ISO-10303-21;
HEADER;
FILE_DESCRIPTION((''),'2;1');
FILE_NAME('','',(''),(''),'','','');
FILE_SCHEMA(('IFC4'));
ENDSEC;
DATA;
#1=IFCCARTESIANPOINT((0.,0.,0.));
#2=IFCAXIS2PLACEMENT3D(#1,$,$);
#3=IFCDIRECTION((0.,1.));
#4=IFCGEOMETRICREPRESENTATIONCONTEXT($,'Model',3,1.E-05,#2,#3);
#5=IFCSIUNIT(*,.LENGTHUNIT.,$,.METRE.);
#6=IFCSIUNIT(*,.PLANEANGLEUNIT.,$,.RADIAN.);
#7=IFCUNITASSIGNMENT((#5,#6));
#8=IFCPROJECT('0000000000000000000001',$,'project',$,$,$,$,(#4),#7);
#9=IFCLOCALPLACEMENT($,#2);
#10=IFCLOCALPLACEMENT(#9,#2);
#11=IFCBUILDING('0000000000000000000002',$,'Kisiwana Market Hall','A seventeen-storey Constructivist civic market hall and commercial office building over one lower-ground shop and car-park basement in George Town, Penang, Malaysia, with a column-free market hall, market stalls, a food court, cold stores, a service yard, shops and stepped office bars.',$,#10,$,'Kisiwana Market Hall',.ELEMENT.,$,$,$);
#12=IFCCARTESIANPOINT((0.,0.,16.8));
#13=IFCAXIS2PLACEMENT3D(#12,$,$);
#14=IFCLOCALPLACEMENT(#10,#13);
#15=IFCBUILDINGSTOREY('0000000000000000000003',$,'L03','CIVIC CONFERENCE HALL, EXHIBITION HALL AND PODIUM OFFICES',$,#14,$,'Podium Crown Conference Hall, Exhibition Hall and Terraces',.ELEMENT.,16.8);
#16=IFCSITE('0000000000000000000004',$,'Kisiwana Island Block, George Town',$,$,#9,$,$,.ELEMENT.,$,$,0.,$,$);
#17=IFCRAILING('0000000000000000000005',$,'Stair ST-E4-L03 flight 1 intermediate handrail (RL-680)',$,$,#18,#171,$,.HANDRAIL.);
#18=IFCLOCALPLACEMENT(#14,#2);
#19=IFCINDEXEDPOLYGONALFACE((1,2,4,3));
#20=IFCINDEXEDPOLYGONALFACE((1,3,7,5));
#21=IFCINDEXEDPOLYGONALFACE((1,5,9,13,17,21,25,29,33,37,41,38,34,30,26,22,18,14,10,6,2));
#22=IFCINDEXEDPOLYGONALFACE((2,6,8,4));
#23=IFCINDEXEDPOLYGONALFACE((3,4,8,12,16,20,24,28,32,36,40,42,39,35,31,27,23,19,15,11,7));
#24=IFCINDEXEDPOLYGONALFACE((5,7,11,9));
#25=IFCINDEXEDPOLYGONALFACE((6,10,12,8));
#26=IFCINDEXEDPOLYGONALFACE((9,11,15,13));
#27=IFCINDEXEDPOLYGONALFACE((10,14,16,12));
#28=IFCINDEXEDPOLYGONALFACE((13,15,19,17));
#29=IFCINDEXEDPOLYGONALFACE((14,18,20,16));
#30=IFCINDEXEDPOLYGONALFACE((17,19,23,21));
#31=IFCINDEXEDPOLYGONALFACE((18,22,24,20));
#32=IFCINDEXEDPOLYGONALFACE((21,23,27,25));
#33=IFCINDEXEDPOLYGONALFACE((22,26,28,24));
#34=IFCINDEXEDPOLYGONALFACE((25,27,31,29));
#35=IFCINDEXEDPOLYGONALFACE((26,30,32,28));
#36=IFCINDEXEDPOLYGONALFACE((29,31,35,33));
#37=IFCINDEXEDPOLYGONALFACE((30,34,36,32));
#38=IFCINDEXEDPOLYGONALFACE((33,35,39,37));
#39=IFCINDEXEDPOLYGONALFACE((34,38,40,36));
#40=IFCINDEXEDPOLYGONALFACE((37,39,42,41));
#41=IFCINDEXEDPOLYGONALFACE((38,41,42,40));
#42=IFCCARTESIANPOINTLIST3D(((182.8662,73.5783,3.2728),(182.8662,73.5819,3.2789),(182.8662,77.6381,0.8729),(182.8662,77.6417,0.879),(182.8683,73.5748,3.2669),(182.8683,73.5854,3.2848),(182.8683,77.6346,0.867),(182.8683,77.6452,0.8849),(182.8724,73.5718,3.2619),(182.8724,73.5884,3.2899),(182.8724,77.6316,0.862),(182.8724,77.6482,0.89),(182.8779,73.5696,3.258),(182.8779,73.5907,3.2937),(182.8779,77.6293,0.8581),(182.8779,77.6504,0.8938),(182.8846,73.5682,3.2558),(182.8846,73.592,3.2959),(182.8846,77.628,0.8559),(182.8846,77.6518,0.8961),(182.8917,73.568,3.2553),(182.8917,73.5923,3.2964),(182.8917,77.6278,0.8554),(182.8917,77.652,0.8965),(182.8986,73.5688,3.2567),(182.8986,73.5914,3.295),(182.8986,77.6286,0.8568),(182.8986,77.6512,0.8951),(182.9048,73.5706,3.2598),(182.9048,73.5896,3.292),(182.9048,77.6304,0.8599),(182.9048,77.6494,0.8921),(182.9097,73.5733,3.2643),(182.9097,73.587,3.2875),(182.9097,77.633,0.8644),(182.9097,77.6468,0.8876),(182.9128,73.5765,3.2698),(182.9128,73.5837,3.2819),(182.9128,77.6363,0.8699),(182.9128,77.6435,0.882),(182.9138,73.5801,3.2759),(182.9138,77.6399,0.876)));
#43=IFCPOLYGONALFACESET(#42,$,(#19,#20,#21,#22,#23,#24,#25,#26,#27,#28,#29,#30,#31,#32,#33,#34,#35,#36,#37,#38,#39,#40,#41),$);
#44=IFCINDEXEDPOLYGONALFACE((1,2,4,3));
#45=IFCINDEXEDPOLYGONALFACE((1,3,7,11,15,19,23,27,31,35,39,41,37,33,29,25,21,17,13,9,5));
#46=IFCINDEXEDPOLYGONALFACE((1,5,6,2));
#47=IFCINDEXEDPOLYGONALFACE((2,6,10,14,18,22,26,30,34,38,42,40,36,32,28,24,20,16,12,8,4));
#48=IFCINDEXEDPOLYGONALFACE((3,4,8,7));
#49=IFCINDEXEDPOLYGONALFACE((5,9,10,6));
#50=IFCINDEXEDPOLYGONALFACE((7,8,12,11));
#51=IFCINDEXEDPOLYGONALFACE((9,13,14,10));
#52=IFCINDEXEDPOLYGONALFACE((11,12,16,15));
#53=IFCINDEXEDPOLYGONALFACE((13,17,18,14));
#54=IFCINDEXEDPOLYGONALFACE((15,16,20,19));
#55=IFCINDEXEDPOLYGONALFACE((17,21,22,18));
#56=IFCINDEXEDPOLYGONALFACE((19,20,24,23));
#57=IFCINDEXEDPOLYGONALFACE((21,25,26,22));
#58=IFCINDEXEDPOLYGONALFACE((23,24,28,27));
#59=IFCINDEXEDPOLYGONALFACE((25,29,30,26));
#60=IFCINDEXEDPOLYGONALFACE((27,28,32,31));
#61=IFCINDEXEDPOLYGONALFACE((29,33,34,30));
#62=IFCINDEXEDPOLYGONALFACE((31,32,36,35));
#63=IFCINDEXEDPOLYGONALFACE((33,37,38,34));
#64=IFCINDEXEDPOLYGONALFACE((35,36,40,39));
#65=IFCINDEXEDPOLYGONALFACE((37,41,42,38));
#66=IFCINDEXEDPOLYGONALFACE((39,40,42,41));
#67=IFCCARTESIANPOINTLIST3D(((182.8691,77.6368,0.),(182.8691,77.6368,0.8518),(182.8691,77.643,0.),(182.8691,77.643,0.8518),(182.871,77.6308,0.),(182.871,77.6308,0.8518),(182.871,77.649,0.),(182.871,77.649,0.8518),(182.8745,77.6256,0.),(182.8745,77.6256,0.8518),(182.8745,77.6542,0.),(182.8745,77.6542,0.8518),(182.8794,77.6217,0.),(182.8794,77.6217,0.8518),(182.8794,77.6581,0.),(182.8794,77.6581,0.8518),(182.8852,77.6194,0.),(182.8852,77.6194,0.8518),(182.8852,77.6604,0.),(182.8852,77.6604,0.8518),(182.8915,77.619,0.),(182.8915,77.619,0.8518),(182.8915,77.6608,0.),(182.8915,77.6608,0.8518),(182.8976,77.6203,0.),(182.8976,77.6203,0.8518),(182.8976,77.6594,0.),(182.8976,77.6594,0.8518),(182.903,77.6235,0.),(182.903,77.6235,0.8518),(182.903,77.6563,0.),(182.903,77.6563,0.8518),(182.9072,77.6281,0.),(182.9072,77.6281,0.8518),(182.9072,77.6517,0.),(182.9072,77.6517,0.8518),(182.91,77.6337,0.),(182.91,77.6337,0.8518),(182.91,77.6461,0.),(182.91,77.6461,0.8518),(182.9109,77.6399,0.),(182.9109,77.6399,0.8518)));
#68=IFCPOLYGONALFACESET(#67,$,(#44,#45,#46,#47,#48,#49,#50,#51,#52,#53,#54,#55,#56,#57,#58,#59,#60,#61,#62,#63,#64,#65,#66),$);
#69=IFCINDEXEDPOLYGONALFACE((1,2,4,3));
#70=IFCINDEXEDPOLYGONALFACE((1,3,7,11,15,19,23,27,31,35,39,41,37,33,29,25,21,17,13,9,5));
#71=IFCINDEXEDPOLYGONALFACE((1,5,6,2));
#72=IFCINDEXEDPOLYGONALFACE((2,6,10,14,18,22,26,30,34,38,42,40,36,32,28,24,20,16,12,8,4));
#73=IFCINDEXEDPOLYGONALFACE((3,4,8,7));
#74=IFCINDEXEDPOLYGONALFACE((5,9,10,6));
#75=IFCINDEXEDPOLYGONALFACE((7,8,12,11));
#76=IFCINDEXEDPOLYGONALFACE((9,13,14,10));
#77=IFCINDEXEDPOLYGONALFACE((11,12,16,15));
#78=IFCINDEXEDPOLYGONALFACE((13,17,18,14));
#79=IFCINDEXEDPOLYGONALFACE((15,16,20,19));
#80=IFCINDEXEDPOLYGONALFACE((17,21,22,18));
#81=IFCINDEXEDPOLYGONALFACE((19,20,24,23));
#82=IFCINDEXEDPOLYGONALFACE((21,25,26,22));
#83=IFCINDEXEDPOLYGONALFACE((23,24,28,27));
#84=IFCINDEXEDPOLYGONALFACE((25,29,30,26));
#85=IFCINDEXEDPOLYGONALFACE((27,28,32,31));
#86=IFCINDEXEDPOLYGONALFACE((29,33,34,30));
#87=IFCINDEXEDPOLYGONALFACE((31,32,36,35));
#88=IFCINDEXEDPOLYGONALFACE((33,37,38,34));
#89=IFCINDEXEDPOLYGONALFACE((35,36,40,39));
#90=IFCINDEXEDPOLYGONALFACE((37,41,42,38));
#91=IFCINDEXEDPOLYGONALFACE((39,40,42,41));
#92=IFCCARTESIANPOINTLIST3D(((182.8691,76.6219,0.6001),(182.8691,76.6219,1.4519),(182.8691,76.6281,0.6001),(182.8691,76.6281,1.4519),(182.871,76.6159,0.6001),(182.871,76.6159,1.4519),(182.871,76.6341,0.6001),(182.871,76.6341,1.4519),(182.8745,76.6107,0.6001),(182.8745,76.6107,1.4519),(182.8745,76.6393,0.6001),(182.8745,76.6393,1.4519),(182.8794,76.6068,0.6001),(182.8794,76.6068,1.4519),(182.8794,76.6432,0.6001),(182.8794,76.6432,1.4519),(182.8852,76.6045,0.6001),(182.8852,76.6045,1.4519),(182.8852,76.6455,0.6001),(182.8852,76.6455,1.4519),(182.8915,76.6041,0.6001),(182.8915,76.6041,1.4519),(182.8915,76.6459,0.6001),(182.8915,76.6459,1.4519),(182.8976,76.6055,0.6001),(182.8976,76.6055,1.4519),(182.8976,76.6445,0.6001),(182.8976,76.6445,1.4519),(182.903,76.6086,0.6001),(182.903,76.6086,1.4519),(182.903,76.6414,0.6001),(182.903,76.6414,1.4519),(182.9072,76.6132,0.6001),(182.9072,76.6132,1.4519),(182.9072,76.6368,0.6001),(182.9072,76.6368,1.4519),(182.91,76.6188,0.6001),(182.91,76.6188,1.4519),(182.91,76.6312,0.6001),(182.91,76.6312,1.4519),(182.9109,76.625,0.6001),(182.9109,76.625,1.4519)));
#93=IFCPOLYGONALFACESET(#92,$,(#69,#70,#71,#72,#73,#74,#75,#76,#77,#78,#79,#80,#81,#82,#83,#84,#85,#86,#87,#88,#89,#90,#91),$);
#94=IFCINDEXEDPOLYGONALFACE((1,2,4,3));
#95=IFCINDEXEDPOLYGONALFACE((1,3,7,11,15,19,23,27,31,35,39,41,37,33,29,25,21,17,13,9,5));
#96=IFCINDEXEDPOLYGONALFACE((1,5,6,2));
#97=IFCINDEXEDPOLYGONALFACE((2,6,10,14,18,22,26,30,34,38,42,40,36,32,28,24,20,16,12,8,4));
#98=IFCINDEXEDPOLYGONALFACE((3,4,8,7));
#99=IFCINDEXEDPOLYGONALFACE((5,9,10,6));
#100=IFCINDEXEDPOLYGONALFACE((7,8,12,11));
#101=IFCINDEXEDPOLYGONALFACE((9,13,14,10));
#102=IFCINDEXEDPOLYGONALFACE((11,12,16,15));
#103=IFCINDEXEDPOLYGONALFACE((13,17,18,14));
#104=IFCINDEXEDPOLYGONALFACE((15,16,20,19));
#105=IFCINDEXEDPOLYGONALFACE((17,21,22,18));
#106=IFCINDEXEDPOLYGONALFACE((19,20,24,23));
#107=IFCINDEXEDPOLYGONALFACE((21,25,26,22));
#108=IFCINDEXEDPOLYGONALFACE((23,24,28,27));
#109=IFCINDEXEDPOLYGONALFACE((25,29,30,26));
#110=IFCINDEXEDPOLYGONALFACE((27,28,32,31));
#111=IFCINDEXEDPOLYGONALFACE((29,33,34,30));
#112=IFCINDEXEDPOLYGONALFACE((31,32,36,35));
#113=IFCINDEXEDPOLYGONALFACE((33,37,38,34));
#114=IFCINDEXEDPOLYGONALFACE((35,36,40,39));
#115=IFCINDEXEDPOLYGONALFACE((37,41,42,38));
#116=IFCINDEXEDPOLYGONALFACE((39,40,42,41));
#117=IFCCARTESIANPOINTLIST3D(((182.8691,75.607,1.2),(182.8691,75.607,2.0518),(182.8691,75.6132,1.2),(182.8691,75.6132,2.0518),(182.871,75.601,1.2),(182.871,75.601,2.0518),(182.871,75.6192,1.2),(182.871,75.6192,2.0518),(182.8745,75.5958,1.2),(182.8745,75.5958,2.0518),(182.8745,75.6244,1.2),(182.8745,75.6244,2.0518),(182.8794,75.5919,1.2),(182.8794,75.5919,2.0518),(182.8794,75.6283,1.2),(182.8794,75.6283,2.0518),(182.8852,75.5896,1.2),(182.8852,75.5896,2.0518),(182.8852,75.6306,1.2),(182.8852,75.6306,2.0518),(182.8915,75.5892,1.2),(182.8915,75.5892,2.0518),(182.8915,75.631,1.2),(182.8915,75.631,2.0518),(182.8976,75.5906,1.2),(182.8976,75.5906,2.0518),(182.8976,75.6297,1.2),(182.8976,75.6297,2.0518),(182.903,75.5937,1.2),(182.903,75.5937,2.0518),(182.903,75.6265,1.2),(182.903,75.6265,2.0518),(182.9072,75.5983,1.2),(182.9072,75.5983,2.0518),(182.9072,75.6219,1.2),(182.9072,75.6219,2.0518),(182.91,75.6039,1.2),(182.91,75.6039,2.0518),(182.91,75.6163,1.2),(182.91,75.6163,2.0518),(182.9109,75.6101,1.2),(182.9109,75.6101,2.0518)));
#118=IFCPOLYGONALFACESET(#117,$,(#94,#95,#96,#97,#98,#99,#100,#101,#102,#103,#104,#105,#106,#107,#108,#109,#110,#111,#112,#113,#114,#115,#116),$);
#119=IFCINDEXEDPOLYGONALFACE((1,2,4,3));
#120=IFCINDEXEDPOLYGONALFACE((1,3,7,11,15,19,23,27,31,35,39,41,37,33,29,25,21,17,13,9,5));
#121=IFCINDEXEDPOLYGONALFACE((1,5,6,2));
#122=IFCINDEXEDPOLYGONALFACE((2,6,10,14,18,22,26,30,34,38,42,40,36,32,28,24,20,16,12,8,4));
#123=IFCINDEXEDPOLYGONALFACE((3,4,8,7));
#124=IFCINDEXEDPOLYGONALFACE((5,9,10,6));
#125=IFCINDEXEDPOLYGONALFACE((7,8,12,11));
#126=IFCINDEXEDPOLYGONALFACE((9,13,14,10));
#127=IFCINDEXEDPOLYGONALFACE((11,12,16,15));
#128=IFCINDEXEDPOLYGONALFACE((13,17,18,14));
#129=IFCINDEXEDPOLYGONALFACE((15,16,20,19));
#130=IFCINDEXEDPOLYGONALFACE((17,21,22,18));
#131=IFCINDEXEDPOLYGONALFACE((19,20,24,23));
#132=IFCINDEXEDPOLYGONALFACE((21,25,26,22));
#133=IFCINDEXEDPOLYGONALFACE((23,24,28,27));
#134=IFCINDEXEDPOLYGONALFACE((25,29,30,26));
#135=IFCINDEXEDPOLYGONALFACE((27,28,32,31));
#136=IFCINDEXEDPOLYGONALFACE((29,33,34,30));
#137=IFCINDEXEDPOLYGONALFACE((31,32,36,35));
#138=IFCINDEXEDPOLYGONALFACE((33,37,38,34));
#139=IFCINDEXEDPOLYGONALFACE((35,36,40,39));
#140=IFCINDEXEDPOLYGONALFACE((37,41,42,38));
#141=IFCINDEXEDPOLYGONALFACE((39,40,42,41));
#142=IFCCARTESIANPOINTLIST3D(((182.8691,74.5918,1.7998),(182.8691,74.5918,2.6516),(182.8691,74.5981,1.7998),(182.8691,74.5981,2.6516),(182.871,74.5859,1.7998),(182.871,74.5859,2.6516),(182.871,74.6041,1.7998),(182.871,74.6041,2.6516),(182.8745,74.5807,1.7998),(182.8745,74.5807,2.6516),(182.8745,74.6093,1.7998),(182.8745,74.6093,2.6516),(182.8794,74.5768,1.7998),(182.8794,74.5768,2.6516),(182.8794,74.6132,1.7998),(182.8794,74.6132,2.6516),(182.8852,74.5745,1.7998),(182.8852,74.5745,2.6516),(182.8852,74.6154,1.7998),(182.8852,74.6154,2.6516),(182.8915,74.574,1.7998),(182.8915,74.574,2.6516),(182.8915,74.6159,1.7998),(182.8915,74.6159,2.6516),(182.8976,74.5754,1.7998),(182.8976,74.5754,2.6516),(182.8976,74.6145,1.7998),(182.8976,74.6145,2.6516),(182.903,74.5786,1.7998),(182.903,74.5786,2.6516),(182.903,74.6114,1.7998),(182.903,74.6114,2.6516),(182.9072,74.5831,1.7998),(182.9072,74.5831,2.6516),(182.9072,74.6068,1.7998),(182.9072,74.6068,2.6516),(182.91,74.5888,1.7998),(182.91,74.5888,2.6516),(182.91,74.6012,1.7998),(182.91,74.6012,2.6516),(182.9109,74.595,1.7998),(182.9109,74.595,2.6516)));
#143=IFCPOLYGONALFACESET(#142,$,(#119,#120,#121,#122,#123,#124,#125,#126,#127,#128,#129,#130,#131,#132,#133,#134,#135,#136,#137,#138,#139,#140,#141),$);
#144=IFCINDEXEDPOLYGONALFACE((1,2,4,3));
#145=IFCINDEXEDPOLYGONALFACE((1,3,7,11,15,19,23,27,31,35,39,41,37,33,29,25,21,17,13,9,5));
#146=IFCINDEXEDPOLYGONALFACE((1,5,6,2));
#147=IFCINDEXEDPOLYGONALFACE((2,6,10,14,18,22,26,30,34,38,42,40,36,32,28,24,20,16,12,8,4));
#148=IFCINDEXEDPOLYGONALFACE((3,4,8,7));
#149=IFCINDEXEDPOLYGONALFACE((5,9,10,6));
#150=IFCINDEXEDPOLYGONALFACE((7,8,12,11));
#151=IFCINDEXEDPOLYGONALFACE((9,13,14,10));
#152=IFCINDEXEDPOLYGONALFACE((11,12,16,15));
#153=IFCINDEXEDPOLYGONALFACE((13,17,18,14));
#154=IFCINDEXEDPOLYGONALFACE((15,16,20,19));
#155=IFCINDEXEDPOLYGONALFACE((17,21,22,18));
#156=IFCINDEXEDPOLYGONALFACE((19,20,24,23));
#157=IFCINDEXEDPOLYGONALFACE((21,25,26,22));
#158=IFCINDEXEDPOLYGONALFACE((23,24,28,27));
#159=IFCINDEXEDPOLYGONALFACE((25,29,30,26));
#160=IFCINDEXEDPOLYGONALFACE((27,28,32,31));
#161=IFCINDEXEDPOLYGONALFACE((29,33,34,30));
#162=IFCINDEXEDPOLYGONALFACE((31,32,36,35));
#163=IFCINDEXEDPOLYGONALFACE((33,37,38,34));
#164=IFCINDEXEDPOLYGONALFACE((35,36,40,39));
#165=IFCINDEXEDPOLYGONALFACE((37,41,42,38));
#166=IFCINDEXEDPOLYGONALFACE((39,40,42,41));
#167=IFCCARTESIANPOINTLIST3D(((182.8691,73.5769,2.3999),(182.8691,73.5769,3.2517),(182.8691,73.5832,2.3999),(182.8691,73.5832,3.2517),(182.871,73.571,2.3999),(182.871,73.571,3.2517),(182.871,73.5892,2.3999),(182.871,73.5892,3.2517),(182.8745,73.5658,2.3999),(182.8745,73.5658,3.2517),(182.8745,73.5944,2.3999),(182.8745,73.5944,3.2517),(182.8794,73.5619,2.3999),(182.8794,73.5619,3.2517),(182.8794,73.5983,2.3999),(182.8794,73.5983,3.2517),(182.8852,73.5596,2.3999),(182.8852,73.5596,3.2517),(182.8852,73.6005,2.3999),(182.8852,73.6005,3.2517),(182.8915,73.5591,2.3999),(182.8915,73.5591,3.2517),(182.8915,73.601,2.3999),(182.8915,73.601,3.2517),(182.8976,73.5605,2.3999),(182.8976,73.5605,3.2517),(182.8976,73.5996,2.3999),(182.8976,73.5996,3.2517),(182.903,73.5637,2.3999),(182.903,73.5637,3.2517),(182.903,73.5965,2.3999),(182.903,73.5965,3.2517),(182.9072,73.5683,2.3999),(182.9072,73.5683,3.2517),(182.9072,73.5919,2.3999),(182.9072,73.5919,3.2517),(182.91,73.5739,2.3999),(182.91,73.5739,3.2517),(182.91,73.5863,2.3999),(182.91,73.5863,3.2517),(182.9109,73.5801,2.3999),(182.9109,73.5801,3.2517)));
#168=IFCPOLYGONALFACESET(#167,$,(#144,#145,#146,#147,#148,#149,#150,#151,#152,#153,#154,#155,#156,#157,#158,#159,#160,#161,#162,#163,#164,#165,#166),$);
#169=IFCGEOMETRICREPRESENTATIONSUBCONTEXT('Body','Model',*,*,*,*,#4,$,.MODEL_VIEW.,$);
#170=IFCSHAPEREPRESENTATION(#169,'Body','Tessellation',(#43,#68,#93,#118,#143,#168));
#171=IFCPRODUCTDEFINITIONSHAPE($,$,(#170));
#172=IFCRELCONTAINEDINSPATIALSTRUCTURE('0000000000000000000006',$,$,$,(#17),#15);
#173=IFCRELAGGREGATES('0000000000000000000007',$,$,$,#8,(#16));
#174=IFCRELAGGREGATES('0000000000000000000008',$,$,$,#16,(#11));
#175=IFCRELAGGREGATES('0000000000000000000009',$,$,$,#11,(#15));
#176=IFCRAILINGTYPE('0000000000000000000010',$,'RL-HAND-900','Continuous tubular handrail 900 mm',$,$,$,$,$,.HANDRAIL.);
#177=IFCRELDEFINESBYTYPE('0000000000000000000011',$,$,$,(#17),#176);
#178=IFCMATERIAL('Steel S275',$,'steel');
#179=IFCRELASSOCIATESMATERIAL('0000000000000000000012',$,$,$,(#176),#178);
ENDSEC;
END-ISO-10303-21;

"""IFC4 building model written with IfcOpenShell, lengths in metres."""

from ifc_helpers import new_model, si_unit, direction, frame, origin, origin_2d, place, context, subcontext, project, spatial, circle, extrude, material, type_object, element, save


model = new_model("IFC4")

# Units and contexts
model_context = context("Model", 3, precision=1e-05, world=origin(), true_north=direction((0.0, 1.0)))
body_context = subcontext(model_context, "Body", "Model", "MODEL_VIEW")
ifc_project = project(units=[si_unit("LENGTHUNIT", "METRE"), si_unit("PLANEANGLEUNIT", "RADIAN")], contexts=[model_context])

# Site, building, storey
site_placement = place(None, origin())
site = spatial("IfcSite", under=ifc_project, at=site_placement, Name="Kisiwana Island Block, George Town", CompositionType="ELEMENT", RefElevation=0.0)
building_placement = place(site_placement, origin())
building = spatial("IfcBuilding", under=site, at=building_placement, Name="Kisiwana Market Hall", Description="A seventeen-storey Constructivist civic market hall and commercial office building over one lower-ground shop and car-park basement in George Town, Penang, Malaysia, with a column-free market hall, market stalls, a food court, cold stores, a service yard, shops and stepped office bars.", LongName="Kisiwana Market Hall", CompositionType="ELEMENT")
storey_placement = place(building_placement, frame((0.0, 0.0, 16.8)))
storey = spatial("IfcBuildingStorey", under=building, at=storey_placement, Name="L03", Description="CIVIC CONFERENCE HALL, EXHIBITION HALL AND PODIUM OFFICES", LongName="Podium Crown Conference Hall, Exhibition Hall and Terraces", CompositionType="ELEMENT", Elevation=16.8)

# Railing
ifc_material_1 = material(Name="Steel S275", Category="steel")
railing_type_1 = type_object("IfcRailingType", Name="RL-HAND-900", Description="Continuous tubular handrail 900 mm", PredefinedType="HANDRAIL", material=ifc_material_1)
for number, where, name in (
    (1, (182.8899, 77.6399, 0.0), "Stair ST-E4-L03 flight 1 intermediate handrail (RL-680)"),
):
    element("IfcRailing", number, at=place(storey_placement, frame(where)), inside=storey, type_object=railing_type_1, Name=name, PredefinedType="HANDRAIL", context=body_context, shape_type="SweptSolid", body=[
        extrude(circle(Radius=0.0239, at=origin_2d()), frame((0.0, 0.0, 0.876), z_axis=(0.0, -0.860841, 0.508874), x_axis=(1.0, 0.0, 0.0)), (0.0, 0.0, 1.0), 4.7161),
        extrude(circle(Radius=0.021, at=origin_2d()), origin(), (0.0, 0.0, 1.0), 0.8518),
        extrude(circle(Radius=0.021, at=origin_2d()), frame((0.0, -1.0149, 0.6001)), (0.0, 0.0, 1.0), 0.8518),
        extrude(circle(Radius=0.021, at=origin_2d()), frame((0.0, -2.0298, 1.2)), (0.0, 0.0, 1.0), 0.8518),
        extrude(circle(Radius=0.021, at=origin_2d()), frame((0.0, -3.0449, 1.7998)), (0.0, 0.0, 1.0), 0.8518),
        extrude(circle(Radius=0.021, at=origin_2d()), frame((0.0, -4.0598, 2.3999)), (0.0, 0.0, 1.0), 0.8518),
    ])

save(model, "model.ifc")
